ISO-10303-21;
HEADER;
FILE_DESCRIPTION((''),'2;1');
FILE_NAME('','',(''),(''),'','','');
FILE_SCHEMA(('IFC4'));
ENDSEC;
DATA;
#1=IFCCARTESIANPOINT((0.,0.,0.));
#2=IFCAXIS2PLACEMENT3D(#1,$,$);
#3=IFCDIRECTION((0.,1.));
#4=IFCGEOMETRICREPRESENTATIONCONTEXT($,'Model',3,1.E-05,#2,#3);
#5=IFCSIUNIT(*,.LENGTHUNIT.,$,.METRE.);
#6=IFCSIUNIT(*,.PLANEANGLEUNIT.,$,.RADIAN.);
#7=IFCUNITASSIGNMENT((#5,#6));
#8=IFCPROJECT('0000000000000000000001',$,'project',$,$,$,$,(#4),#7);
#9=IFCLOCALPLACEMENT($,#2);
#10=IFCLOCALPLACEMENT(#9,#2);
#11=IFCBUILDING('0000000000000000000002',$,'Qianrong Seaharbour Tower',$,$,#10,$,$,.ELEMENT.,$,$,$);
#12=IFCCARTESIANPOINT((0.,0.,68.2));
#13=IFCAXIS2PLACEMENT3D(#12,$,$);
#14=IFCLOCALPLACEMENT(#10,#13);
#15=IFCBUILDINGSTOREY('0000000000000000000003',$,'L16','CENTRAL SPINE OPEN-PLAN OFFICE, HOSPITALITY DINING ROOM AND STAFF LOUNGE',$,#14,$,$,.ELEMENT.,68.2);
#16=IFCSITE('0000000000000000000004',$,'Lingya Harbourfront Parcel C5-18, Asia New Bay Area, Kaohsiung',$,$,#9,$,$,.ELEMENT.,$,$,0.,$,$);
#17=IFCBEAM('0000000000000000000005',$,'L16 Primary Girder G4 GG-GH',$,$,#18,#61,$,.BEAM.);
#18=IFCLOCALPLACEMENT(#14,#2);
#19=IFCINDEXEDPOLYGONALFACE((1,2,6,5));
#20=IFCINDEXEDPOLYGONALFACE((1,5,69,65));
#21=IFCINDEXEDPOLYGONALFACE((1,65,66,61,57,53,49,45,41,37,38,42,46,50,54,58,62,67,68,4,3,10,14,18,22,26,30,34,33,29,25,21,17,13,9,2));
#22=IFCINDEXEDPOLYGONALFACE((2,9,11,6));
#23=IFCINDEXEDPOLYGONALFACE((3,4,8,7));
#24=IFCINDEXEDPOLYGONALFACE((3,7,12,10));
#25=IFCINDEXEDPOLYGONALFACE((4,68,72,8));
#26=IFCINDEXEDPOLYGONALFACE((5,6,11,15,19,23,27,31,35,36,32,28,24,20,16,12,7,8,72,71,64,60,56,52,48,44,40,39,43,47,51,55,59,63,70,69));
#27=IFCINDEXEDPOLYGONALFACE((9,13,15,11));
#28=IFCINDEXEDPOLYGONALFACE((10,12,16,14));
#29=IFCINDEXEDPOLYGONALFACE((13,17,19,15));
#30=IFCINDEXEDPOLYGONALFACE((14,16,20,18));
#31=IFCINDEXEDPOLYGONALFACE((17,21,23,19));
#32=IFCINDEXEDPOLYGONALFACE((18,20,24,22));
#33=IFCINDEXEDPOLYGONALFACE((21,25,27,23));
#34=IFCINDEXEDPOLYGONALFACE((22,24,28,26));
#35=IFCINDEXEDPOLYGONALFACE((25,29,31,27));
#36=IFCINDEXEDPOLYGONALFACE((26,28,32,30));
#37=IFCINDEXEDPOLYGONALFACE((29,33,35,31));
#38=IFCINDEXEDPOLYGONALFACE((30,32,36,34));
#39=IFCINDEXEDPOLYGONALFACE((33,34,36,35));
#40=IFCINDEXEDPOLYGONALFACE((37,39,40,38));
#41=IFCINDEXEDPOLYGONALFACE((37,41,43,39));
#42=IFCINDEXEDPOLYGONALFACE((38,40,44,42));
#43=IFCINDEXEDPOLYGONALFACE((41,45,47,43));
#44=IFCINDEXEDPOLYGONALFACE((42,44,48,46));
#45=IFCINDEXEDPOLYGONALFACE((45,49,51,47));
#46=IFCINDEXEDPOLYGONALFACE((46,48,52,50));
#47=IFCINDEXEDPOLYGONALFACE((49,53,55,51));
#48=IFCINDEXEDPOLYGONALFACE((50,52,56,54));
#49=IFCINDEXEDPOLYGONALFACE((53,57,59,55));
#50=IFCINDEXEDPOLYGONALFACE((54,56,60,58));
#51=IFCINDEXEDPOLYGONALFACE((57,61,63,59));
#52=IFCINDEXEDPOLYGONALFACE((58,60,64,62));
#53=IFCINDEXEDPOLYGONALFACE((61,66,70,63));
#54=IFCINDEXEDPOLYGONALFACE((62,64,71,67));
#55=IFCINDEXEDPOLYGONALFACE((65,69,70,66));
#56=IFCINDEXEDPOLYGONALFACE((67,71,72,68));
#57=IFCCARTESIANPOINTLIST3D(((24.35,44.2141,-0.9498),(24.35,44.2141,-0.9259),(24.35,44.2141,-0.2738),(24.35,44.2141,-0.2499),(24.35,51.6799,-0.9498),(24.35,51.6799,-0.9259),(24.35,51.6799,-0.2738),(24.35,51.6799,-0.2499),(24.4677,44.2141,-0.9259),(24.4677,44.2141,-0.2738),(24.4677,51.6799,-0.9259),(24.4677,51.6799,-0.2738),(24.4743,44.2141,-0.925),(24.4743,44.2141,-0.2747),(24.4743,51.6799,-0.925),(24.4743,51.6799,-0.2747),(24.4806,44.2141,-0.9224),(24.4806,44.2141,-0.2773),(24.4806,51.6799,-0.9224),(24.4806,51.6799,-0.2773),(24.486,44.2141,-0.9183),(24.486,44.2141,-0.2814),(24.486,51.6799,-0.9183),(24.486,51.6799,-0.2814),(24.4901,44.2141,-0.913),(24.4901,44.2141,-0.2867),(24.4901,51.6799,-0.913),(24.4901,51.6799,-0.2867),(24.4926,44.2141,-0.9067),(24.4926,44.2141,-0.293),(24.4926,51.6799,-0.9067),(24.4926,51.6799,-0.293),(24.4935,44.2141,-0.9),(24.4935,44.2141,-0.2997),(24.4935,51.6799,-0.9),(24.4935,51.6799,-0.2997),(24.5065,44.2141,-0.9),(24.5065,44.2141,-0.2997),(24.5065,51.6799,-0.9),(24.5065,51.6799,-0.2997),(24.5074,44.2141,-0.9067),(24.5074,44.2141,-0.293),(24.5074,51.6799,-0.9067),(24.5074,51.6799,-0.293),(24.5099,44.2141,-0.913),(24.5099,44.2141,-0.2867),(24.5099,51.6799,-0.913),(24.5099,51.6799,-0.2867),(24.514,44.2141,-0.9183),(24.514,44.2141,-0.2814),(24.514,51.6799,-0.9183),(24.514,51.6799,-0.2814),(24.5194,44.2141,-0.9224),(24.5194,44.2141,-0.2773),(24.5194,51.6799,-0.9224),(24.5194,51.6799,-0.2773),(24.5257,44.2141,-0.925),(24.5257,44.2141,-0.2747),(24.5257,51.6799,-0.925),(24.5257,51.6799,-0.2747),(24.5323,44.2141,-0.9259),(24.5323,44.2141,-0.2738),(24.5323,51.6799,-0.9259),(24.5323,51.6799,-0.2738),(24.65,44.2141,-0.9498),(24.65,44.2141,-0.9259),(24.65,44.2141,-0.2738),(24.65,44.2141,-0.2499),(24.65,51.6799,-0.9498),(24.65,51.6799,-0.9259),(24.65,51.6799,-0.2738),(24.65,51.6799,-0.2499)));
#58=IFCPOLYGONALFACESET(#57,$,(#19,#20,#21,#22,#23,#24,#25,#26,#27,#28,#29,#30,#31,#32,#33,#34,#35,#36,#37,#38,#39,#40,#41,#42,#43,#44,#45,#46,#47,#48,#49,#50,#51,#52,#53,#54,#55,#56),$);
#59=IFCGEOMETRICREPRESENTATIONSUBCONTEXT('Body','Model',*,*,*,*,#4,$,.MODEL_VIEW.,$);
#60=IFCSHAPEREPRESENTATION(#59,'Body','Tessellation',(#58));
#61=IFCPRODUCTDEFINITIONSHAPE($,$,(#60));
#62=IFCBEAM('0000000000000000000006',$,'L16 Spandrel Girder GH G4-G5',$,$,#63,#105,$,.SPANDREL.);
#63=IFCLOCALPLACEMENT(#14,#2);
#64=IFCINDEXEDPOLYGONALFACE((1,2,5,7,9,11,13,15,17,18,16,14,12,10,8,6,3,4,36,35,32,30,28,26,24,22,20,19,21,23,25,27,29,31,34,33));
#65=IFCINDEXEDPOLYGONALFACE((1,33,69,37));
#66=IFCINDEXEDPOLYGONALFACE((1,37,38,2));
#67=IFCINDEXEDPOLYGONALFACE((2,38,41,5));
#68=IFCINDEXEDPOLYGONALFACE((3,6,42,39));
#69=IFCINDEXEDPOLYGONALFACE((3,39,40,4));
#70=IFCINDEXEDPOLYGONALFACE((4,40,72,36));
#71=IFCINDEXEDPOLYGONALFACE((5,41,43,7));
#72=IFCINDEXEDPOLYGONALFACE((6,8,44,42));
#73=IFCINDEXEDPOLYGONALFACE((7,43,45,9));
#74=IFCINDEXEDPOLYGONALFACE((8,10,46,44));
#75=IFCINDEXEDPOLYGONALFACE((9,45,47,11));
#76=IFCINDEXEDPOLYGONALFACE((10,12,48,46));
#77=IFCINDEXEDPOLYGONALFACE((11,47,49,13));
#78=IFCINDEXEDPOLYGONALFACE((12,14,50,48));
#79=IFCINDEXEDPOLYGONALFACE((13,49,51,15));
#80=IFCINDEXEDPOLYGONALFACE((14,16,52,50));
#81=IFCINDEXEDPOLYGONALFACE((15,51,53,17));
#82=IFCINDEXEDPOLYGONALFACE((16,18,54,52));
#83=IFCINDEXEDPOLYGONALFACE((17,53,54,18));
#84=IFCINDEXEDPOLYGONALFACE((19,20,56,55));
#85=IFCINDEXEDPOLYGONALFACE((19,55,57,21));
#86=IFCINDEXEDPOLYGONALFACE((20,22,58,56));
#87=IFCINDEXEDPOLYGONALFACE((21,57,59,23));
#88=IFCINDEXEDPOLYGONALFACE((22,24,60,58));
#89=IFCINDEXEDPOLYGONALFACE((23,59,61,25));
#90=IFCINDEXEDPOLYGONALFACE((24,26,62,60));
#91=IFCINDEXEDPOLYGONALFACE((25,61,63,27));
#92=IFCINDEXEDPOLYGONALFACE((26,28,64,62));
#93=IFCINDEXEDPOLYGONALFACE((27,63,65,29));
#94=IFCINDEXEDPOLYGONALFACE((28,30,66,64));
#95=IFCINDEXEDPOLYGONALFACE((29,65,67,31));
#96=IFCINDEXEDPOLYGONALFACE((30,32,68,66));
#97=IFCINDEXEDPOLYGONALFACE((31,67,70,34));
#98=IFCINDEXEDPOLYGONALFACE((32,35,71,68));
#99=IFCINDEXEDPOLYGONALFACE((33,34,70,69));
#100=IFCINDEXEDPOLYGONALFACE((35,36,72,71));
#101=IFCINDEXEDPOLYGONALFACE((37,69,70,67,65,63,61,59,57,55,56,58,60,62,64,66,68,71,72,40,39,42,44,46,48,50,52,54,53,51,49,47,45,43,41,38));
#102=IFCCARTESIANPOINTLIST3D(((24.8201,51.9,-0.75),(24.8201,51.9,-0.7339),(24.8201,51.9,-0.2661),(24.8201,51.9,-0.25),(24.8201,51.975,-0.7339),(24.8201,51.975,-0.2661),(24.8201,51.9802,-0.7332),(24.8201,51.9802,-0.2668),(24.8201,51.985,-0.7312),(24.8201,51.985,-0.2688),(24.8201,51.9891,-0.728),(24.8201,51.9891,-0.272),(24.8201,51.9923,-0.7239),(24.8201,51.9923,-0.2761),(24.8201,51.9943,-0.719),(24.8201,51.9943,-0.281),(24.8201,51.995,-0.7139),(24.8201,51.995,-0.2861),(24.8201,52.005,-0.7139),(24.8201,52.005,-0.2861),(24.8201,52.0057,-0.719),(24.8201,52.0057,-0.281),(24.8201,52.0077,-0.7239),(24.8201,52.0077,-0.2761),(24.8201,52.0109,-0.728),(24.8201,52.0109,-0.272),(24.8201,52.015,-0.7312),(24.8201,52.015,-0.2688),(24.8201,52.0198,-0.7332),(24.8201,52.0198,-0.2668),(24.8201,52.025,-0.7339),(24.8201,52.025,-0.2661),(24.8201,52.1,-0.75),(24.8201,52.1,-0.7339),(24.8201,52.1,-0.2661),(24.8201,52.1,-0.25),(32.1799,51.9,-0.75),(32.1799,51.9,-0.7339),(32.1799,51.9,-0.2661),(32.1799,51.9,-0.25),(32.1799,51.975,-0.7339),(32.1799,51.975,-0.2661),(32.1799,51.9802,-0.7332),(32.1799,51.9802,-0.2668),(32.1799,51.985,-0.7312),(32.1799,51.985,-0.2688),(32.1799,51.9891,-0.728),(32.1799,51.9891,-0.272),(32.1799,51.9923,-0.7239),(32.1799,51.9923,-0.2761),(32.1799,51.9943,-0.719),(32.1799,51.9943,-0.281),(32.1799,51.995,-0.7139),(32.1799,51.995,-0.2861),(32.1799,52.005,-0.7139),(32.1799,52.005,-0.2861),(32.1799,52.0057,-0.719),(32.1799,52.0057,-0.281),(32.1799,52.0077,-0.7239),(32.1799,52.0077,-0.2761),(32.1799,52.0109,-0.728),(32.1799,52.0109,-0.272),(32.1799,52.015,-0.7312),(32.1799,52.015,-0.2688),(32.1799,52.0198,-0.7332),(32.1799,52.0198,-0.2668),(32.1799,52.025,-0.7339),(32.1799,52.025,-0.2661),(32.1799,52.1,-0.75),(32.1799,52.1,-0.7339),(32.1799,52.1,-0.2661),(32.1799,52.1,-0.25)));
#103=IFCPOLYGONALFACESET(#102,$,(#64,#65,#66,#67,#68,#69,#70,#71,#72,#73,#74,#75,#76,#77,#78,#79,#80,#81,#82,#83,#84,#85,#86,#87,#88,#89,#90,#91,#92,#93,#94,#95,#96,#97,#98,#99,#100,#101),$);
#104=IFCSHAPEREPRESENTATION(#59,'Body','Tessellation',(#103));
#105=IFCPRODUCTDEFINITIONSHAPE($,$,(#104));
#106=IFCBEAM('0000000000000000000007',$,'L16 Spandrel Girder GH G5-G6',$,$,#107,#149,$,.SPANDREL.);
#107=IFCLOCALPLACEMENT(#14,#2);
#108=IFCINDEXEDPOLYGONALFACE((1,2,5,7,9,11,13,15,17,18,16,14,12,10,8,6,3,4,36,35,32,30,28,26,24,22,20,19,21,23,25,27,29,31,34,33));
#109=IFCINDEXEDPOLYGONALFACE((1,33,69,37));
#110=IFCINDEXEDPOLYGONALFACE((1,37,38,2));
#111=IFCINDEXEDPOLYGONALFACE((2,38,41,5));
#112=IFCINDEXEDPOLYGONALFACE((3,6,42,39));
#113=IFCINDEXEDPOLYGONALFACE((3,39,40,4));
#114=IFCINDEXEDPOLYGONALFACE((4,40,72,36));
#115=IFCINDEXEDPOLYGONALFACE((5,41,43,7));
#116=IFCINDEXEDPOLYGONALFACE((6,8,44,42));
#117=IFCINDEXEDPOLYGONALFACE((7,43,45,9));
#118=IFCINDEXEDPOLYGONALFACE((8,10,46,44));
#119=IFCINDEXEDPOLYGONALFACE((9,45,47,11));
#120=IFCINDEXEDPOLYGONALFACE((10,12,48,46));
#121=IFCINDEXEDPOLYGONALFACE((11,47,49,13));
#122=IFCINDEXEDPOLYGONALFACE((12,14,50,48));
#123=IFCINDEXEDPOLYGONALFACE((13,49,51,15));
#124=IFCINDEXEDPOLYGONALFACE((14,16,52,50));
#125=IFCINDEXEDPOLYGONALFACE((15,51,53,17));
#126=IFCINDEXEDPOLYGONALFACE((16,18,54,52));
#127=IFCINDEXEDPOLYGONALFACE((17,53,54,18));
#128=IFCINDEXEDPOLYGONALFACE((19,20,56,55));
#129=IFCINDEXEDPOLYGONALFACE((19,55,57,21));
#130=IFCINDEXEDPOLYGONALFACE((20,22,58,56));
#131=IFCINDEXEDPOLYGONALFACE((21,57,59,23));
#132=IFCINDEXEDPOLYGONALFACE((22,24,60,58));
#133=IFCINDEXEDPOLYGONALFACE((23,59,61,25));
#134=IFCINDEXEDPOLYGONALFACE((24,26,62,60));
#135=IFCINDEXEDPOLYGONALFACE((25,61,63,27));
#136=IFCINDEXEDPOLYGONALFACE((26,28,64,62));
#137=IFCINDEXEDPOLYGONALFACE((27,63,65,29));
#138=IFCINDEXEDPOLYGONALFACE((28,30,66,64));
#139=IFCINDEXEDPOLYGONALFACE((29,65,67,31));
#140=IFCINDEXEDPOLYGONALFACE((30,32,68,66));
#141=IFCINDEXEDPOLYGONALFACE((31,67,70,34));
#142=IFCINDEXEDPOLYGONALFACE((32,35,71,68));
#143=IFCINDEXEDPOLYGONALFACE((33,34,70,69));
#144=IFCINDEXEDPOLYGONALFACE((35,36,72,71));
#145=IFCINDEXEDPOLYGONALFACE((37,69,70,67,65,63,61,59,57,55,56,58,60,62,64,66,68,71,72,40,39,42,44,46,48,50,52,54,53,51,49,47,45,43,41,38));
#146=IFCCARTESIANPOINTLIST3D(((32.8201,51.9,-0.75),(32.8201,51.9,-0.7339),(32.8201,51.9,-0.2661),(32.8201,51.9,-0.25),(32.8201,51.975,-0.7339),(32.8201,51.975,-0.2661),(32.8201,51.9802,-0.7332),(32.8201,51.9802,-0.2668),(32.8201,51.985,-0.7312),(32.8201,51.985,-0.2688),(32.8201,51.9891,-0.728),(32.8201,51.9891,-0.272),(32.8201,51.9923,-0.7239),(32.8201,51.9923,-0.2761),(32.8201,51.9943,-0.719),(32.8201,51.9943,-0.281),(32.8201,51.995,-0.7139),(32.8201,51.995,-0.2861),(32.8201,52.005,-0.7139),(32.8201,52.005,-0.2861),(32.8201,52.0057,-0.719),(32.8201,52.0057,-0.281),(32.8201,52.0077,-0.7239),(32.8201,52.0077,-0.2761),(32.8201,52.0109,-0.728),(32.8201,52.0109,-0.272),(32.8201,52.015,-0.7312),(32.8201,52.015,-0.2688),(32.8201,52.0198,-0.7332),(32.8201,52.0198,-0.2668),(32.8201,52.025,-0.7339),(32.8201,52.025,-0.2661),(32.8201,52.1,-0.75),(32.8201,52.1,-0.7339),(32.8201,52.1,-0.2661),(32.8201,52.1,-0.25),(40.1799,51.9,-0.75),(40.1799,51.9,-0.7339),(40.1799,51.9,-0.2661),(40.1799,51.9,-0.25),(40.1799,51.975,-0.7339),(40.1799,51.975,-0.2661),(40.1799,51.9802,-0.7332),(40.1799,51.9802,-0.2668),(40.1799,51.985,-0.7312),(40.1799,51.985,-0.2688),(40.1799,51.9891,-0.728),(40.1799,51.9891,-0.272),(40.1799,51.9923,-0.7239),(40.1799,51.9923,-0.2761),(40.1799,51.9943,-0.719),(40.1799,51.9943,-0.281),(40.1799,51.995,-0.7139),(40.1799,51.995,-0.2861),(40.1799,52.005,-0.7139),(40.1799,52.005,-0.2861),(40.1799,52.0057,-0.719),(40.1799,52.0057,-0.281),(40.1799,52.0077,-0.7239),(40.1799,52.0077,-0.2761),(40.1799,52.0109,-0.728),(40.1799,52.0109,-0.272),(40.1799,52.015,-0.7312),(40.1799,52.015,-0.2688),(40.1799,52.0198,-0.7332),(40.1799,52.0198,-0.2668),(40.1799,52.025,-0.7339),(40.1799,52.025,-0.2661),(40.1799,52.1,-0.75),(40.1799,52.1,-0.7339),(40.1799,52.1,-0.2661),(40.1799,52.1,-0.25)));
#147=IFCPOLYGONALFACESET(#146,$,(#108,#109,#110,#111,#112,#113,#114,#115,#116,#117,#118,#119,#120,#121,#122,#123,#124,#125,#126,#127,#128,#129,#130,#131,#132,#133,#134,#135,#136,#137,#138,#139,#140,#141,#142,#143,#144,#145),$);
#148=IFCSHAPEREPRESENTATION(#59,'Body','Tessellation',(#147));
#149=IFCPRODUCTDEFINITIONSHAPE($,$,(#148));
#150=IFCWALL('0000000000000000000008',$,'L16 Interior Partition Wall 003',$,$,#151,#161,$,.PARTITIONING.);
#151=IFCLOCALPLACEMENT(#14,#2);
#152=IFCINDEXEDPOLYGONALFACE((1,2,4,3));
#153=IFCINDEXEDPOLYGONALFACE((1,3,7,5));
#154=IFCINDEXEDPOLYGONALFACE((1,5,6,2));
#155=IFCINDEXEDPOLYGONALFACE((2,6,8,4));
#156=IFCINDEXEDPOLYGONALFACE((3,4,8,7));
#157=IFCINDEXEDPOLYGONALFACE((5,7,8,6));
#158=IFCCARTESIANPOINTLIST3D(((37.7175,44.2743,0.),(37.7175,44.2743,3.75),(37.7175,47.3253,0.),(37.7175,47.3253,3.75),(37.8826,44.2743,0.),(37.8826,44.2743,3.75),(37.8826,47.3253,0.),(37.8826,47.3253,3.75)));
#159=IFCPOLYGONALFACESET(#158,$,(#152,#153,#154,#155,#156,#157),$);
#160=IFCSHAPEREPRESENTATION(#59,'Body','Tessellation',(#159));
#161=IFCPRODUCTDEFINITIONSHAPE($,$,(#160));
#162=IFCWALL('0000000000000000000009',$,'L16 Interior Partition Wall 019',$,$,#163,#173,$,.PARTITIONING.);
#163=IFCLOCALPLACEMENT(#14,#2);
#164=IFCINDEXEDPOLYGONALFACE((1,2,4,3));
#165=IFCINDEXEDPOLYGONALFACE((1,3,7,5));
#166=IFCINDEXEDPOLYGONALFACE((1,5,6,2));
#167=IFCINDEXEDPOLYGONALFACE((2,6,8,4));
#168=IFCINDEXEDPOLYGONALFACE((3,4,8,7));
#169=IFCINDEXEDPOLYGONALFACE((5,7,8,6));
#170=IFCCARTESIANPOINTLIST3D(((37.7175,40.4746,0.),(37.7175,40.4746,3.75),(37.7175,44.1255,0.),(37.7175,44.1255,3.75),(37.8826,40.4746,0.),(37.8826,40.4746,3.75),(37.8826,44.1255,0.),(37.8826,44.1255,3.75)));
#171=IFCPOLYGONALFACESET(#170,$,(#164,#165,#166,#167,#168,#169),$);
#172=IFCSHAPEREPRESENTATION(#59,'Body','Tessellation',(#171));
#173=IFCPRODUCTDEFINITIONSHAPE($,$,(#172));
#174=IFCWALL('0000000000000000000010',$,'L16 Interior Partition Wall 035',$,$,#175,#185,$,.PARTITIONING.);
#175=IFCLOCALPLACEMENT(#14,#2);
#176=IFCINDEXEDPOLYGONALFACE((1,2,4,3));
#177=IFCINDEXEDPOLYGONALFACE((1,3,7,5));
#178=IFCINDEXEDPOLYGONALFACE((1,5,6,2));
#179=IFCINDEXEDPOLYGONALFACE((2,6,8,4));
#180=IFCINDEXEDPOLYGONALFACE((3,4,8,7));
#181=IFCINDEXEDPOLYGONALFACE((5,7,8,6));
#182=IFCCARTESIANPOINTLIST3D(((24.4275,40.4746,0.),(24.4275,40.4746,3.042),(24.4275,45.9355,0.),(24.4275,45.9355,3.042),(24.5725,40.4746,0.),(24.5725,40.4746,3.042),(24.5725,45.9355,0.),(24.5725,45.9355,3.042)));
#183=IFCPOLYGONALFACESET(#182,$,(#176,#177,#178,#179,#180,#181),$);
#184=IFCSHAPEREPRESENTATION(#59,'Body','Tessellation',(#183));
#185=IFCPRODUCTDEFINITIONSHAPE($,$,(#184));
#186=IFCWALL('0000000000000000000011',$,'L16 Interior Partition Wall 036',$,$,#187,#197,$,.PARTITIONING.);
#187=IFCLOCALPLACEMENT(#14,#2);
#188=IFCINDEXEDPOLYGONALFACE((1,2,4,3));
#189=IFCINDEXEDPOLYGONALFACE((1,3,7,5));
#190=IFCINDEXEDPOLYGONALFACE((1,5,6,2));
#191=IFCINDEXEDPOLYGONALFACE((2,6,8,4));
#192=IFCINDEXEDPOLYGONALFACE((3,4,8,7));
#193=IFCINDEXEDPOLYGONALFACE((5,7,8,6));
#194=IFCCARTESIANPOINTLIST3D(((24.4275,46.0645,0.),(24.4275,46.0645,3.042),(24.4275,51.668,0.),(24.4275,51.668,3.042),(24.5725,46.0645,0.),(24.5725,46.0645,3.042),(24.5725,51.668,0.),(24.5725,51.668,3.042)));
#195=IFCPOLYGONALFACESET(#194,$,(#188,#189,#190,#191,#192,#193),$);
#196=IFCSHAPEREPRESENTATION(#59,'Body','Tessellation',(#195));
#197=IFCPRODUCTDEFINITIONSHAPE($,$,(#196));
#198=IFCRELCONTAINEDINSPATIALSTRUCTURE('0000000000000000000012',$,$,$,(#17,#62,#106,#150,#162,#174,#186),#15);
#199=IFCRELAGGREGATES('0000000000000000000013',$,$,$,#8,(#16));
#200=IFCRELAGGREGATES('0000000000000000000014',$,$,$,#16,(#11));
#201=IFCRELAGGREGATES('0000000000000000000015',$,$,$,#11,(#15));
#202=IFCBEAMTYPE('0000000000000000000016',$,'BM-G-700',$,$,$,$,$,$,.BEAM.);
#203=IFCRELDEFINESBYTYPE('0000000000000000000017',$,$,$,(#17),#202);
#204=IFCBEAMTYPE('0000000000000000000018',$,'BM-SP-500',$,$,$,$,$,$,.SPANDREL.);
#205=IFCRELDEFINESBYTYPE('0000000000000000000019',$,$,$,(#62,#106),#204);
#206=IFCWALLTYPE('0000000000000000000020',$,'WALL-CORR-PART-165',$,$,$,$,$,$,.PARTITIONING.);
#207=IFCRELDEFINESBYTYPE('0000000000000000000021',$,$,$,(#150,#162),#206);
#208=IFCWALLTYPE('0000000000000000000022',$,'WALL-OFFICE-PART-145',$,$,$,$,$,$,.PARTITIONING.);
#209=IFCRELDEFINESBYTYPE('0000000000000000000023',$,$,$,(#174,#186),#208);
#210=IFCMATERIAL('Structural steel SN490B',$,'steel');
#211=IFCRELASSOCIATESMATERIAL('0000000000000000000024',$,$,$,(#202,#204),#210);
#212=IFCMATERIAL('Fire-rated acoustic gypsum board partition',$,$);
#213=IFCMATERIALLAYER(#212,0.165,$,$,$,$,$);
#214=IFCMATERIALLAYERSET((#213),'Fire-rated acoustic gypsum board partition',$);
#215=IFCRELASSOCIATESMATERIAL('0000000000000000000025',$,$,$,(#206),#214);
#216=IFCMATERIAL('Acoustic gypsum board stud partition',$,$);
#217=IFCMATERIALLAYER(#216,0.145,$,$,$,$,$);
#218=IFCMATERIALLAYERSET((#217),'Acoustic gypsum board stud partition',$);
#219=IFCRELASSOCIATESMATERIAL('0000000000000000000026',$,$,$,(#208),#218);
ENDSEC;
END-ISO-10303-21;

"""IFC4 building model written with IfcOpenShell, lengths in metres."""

from ifc_helpers import new_model, si_unit, direction, frame, frame_2d, origin, origin_2d, place, context, subcontext, project, spatial, rectangle, i_section, extrude, material, layer, layer_set, material_profile, profile_set, type_object, element, save


model = new_model("IFC4")

# Units and contexts
model_context = context("Model", 3, precision=1e-05, world=origin(), true_north=direction((0.0, 1.0)))
body_context = subcontext(model_context, "Body", "Model", "MODEL_VIEW")
ifc_project = project(units=[si_unit("LENGTHUNIT", "METRE"), si_unit("PLANEANGLEUNIT", "RADIAN")], contexts=[model_context])

# Site, building, storey
site_placement = place(None, origin())
site = spatial("IfcSite", under=ifc_project, at=site_placement, Name="Lingya Harbourfront Parcel C5-18, Asia New Bay Area, Kaohsiung", CompositionType="ELEMENT", RefElevation=0.0)
building_placement = place(site_placement, origin())
building = spatial("IfcBuilding", under=site, at=building_placement, Name="Qianrong Seaharbour Tower", CompositionType="ELEMENT")
storey_placement = place(building_placement, frame((0.0, 0.0, 68.2)))
storey = spatial("IfcBuildingStorey", under=building, at=storey_placement, Name="L16", Description="CENTRAL SPINE OPEN-PLAN OFFICE, HOSPITALITY DINING ROOM AND STAFF LOUNGE", CompositionType="ELEMENT", Elevation=68.2)

# Shared definitions
ifc_material_1 = material(Name="Structural steel SN490B", Category="steel")

# Beams
ifc_material_profile_1 = material_profile(ifc_material_1, i_section(OverallWidth=0.3, OverallDepth=0.7, WebThickness=0.0129, FlangeThickness=0.0239, FilletRadius=0.0259, at=origin_2d()), Name="H700x300x13x24")
ifc_profile_set_1 = profile_set([ifc_material_profile_1], Name="Structural steel SN490B")
beam_type_1 = type_object("IfcBeamType", Name="BM-G-700", PredefinedType="BEAM", material=ifc_profile_set_1)
beam_1_placement = place(storey_placement, frame((24.5, 44.2141, -0.5999), z_axis=(0.0, 1.0, 0.0), x_axis=(-1.0, 0.0, 0.0)))
element("IfcBeam", 1, at=beam_1_placement, inside=storey, type_object=beam_type_1, Name="L16 Primary Girder G4 GG-GH", PredefinedType="BEAM", context=body_context, shape_type="SweptSolid", body=[
    extrude(i_section(OverallWidth=0.3, OverallDepth=0.7, WebThickness=0.0129, FlangeThickness=0.0239, FilletRadius=0.0259, at=origin_2d()), origin(), (0.0, 0.0, 1.0), 7.4658),
])
ifc_material_profile_2 = material_profile(ifc_material_1, i_section(OverallWidth=0.2, OverallDepth=0.5, WebThickness=0.01, FlangeThickness=0.0161, FilletRadius=0.02, at=origin_2d()), Name="H500x200x10x16")
ifc_profile_set_2 = profile_set([ifc_material_profile_2], Name="Structural steel SN490B")
beam_type_2 = type_object("IfcBeamType", Name="BM-SP-500", PredefinedType="SPANDREL", material=ifc_profile_set_2)
for number, where, z_axis, x_axis, name in (
    (2, (24.8201, 52.0, -0.5), (1.0, 0.0, 0.0), (0.0, 1.0, 0.0), "L16 Spandrel Girder GH G4-G5"),
    (3, (32.8201, 52.0, -0.5), (1.0, 0.0, 0.0), (0.0, 1.0, 0.0), "L16 Spandrel Girder GH G5-G6"),
):
    element("IfcBeam", number, at=place(storey_placement, frame(where, z_axis=z_axis, x_axis=x_axis)), inside=storey, type_object=beam_type_2, Name=name, PredefinedType="SPANDREL", context=body_context, shape_type="SweptSolid", body=[
        extrude(i_section(OverallWidth=0.2, OverallDepth=0.5, WebThickness=0.01, FlangeThickness=0.0161, FilletRadius=0.02, at=origin_2d()), origin(), (0.0, 0.0, 1.0), 7.3599),
    ])

# Shared definitions
ifc_material_2 = material(Name="Fire-rated acoustic gypsum board partition")
ifc_layer_1 = layer(ifc_material_2, 0.165)
ifc_layer_set_1 = layer_set([ifc_layer_1], Name="Fire-rated acoustic gypsum board partition")
wall_type_1 = type_object("IfcWallType", Name="WALL-CORR-PART-165", PredefinedType="PARTITIONING", material=ifc_layer_set_1)

# Walls
wall_1_placement = place(storey_placement, frame((37.8, 44.2744, 0.0), z_axis=(0.0, 0.0, 1.0), x_axis=(0.0, 1.0, 0.0)))
element("IfcWall", 4, at=wall_1_placement, inside=storey, type_object=wall_type_1, Name="L16 Interior Partition Wall 003", PredefinedType="PARTITIONING", context=body_context, shape_type="SweptSolid", body=[
    extrude(rectangle(XDim=3.051, YDim=0.165, at=frame_2d((1.5254, 0.0))), origin(), (0.0, 0.0, 1.0), 3.75),
])
wall_2_placement = place(storey_placement, frame((37.8, 40.4746, 0.0), z_axis=(0.0, 0.0, 1.0), x_axis=(0.0, 1.0, 0.0)))
element("IfcWall", 5, at=wall_2_placement, inside=storey, type_object=wall_type_1, Name="L16 Interior Partition Wall 019", PredefinedType="PARTITIONING", context=body_context, shape_type="SweptSolid", body=[
    extrude(rectangle(XDim=3.6509, YDim=0.165, at=frame_2d((1.8254, 0.0))), origin(), (0.0, 0.0, 1.0), 3.75),
])
ifc_material_3 = material(Name="Acoustic gypsum board stud partition")
ifc_layer_2 = layer(ifc_material_3, 0.145)
ifc_layer_set_2 = layer_set([ifc_layer_2], Name="Acoustic gypsum board stud partition")
wall_type_2 = type_object("IfcWallType", Name="WALL-OFFICE-PART-145", PredefinedType="PARTITIONING", material=ifc_layer_set_2)
wall_3_placement = place(storey_placement, frame((24.5, 40.4746, 0.0), z_axis=(0.0, 0.0, 1.0), x_axis=(0.0, 1.0, 0.0)))
element("IfcWall", 6, at=wall_3_placement, inside=storey, type_object=wall_type_2, Name="L16 Interior Partition Wall 035", PredefinedType="PARTITIONING", context=body_context, shape_type="SweptSolid", body=[
    extrude(rectangle(XDim=5.4609, YDim=0.145, at=frame_2d((2.7305, 0.0))), origin(), (0.0, 0.0, 1.0), 3.042),
])
wall_4_placement = place(storey_placement, frame((24.5, 46.0645, 0.0), z_axis=(0.0, 0.0, 1.0), x_axis=(0.0, 1.0, 0.0)))
element("IfcWall", 7, at=wall_4_placement, inside=storey, type_object=wall_type_2, Name="L16 Interior Partition Wall 036", PredefinedType="PARTITIONING", context=body_context, shape_type="SweptSolid", body=[
    extrude(rectangle(XDim=5.6035, YDim=0.145, at=frame_2d((2.8018, 0.0))), origin(), (0.0, 0.0, 1.0), 3.042),
])

save(model, "model.ifc")
